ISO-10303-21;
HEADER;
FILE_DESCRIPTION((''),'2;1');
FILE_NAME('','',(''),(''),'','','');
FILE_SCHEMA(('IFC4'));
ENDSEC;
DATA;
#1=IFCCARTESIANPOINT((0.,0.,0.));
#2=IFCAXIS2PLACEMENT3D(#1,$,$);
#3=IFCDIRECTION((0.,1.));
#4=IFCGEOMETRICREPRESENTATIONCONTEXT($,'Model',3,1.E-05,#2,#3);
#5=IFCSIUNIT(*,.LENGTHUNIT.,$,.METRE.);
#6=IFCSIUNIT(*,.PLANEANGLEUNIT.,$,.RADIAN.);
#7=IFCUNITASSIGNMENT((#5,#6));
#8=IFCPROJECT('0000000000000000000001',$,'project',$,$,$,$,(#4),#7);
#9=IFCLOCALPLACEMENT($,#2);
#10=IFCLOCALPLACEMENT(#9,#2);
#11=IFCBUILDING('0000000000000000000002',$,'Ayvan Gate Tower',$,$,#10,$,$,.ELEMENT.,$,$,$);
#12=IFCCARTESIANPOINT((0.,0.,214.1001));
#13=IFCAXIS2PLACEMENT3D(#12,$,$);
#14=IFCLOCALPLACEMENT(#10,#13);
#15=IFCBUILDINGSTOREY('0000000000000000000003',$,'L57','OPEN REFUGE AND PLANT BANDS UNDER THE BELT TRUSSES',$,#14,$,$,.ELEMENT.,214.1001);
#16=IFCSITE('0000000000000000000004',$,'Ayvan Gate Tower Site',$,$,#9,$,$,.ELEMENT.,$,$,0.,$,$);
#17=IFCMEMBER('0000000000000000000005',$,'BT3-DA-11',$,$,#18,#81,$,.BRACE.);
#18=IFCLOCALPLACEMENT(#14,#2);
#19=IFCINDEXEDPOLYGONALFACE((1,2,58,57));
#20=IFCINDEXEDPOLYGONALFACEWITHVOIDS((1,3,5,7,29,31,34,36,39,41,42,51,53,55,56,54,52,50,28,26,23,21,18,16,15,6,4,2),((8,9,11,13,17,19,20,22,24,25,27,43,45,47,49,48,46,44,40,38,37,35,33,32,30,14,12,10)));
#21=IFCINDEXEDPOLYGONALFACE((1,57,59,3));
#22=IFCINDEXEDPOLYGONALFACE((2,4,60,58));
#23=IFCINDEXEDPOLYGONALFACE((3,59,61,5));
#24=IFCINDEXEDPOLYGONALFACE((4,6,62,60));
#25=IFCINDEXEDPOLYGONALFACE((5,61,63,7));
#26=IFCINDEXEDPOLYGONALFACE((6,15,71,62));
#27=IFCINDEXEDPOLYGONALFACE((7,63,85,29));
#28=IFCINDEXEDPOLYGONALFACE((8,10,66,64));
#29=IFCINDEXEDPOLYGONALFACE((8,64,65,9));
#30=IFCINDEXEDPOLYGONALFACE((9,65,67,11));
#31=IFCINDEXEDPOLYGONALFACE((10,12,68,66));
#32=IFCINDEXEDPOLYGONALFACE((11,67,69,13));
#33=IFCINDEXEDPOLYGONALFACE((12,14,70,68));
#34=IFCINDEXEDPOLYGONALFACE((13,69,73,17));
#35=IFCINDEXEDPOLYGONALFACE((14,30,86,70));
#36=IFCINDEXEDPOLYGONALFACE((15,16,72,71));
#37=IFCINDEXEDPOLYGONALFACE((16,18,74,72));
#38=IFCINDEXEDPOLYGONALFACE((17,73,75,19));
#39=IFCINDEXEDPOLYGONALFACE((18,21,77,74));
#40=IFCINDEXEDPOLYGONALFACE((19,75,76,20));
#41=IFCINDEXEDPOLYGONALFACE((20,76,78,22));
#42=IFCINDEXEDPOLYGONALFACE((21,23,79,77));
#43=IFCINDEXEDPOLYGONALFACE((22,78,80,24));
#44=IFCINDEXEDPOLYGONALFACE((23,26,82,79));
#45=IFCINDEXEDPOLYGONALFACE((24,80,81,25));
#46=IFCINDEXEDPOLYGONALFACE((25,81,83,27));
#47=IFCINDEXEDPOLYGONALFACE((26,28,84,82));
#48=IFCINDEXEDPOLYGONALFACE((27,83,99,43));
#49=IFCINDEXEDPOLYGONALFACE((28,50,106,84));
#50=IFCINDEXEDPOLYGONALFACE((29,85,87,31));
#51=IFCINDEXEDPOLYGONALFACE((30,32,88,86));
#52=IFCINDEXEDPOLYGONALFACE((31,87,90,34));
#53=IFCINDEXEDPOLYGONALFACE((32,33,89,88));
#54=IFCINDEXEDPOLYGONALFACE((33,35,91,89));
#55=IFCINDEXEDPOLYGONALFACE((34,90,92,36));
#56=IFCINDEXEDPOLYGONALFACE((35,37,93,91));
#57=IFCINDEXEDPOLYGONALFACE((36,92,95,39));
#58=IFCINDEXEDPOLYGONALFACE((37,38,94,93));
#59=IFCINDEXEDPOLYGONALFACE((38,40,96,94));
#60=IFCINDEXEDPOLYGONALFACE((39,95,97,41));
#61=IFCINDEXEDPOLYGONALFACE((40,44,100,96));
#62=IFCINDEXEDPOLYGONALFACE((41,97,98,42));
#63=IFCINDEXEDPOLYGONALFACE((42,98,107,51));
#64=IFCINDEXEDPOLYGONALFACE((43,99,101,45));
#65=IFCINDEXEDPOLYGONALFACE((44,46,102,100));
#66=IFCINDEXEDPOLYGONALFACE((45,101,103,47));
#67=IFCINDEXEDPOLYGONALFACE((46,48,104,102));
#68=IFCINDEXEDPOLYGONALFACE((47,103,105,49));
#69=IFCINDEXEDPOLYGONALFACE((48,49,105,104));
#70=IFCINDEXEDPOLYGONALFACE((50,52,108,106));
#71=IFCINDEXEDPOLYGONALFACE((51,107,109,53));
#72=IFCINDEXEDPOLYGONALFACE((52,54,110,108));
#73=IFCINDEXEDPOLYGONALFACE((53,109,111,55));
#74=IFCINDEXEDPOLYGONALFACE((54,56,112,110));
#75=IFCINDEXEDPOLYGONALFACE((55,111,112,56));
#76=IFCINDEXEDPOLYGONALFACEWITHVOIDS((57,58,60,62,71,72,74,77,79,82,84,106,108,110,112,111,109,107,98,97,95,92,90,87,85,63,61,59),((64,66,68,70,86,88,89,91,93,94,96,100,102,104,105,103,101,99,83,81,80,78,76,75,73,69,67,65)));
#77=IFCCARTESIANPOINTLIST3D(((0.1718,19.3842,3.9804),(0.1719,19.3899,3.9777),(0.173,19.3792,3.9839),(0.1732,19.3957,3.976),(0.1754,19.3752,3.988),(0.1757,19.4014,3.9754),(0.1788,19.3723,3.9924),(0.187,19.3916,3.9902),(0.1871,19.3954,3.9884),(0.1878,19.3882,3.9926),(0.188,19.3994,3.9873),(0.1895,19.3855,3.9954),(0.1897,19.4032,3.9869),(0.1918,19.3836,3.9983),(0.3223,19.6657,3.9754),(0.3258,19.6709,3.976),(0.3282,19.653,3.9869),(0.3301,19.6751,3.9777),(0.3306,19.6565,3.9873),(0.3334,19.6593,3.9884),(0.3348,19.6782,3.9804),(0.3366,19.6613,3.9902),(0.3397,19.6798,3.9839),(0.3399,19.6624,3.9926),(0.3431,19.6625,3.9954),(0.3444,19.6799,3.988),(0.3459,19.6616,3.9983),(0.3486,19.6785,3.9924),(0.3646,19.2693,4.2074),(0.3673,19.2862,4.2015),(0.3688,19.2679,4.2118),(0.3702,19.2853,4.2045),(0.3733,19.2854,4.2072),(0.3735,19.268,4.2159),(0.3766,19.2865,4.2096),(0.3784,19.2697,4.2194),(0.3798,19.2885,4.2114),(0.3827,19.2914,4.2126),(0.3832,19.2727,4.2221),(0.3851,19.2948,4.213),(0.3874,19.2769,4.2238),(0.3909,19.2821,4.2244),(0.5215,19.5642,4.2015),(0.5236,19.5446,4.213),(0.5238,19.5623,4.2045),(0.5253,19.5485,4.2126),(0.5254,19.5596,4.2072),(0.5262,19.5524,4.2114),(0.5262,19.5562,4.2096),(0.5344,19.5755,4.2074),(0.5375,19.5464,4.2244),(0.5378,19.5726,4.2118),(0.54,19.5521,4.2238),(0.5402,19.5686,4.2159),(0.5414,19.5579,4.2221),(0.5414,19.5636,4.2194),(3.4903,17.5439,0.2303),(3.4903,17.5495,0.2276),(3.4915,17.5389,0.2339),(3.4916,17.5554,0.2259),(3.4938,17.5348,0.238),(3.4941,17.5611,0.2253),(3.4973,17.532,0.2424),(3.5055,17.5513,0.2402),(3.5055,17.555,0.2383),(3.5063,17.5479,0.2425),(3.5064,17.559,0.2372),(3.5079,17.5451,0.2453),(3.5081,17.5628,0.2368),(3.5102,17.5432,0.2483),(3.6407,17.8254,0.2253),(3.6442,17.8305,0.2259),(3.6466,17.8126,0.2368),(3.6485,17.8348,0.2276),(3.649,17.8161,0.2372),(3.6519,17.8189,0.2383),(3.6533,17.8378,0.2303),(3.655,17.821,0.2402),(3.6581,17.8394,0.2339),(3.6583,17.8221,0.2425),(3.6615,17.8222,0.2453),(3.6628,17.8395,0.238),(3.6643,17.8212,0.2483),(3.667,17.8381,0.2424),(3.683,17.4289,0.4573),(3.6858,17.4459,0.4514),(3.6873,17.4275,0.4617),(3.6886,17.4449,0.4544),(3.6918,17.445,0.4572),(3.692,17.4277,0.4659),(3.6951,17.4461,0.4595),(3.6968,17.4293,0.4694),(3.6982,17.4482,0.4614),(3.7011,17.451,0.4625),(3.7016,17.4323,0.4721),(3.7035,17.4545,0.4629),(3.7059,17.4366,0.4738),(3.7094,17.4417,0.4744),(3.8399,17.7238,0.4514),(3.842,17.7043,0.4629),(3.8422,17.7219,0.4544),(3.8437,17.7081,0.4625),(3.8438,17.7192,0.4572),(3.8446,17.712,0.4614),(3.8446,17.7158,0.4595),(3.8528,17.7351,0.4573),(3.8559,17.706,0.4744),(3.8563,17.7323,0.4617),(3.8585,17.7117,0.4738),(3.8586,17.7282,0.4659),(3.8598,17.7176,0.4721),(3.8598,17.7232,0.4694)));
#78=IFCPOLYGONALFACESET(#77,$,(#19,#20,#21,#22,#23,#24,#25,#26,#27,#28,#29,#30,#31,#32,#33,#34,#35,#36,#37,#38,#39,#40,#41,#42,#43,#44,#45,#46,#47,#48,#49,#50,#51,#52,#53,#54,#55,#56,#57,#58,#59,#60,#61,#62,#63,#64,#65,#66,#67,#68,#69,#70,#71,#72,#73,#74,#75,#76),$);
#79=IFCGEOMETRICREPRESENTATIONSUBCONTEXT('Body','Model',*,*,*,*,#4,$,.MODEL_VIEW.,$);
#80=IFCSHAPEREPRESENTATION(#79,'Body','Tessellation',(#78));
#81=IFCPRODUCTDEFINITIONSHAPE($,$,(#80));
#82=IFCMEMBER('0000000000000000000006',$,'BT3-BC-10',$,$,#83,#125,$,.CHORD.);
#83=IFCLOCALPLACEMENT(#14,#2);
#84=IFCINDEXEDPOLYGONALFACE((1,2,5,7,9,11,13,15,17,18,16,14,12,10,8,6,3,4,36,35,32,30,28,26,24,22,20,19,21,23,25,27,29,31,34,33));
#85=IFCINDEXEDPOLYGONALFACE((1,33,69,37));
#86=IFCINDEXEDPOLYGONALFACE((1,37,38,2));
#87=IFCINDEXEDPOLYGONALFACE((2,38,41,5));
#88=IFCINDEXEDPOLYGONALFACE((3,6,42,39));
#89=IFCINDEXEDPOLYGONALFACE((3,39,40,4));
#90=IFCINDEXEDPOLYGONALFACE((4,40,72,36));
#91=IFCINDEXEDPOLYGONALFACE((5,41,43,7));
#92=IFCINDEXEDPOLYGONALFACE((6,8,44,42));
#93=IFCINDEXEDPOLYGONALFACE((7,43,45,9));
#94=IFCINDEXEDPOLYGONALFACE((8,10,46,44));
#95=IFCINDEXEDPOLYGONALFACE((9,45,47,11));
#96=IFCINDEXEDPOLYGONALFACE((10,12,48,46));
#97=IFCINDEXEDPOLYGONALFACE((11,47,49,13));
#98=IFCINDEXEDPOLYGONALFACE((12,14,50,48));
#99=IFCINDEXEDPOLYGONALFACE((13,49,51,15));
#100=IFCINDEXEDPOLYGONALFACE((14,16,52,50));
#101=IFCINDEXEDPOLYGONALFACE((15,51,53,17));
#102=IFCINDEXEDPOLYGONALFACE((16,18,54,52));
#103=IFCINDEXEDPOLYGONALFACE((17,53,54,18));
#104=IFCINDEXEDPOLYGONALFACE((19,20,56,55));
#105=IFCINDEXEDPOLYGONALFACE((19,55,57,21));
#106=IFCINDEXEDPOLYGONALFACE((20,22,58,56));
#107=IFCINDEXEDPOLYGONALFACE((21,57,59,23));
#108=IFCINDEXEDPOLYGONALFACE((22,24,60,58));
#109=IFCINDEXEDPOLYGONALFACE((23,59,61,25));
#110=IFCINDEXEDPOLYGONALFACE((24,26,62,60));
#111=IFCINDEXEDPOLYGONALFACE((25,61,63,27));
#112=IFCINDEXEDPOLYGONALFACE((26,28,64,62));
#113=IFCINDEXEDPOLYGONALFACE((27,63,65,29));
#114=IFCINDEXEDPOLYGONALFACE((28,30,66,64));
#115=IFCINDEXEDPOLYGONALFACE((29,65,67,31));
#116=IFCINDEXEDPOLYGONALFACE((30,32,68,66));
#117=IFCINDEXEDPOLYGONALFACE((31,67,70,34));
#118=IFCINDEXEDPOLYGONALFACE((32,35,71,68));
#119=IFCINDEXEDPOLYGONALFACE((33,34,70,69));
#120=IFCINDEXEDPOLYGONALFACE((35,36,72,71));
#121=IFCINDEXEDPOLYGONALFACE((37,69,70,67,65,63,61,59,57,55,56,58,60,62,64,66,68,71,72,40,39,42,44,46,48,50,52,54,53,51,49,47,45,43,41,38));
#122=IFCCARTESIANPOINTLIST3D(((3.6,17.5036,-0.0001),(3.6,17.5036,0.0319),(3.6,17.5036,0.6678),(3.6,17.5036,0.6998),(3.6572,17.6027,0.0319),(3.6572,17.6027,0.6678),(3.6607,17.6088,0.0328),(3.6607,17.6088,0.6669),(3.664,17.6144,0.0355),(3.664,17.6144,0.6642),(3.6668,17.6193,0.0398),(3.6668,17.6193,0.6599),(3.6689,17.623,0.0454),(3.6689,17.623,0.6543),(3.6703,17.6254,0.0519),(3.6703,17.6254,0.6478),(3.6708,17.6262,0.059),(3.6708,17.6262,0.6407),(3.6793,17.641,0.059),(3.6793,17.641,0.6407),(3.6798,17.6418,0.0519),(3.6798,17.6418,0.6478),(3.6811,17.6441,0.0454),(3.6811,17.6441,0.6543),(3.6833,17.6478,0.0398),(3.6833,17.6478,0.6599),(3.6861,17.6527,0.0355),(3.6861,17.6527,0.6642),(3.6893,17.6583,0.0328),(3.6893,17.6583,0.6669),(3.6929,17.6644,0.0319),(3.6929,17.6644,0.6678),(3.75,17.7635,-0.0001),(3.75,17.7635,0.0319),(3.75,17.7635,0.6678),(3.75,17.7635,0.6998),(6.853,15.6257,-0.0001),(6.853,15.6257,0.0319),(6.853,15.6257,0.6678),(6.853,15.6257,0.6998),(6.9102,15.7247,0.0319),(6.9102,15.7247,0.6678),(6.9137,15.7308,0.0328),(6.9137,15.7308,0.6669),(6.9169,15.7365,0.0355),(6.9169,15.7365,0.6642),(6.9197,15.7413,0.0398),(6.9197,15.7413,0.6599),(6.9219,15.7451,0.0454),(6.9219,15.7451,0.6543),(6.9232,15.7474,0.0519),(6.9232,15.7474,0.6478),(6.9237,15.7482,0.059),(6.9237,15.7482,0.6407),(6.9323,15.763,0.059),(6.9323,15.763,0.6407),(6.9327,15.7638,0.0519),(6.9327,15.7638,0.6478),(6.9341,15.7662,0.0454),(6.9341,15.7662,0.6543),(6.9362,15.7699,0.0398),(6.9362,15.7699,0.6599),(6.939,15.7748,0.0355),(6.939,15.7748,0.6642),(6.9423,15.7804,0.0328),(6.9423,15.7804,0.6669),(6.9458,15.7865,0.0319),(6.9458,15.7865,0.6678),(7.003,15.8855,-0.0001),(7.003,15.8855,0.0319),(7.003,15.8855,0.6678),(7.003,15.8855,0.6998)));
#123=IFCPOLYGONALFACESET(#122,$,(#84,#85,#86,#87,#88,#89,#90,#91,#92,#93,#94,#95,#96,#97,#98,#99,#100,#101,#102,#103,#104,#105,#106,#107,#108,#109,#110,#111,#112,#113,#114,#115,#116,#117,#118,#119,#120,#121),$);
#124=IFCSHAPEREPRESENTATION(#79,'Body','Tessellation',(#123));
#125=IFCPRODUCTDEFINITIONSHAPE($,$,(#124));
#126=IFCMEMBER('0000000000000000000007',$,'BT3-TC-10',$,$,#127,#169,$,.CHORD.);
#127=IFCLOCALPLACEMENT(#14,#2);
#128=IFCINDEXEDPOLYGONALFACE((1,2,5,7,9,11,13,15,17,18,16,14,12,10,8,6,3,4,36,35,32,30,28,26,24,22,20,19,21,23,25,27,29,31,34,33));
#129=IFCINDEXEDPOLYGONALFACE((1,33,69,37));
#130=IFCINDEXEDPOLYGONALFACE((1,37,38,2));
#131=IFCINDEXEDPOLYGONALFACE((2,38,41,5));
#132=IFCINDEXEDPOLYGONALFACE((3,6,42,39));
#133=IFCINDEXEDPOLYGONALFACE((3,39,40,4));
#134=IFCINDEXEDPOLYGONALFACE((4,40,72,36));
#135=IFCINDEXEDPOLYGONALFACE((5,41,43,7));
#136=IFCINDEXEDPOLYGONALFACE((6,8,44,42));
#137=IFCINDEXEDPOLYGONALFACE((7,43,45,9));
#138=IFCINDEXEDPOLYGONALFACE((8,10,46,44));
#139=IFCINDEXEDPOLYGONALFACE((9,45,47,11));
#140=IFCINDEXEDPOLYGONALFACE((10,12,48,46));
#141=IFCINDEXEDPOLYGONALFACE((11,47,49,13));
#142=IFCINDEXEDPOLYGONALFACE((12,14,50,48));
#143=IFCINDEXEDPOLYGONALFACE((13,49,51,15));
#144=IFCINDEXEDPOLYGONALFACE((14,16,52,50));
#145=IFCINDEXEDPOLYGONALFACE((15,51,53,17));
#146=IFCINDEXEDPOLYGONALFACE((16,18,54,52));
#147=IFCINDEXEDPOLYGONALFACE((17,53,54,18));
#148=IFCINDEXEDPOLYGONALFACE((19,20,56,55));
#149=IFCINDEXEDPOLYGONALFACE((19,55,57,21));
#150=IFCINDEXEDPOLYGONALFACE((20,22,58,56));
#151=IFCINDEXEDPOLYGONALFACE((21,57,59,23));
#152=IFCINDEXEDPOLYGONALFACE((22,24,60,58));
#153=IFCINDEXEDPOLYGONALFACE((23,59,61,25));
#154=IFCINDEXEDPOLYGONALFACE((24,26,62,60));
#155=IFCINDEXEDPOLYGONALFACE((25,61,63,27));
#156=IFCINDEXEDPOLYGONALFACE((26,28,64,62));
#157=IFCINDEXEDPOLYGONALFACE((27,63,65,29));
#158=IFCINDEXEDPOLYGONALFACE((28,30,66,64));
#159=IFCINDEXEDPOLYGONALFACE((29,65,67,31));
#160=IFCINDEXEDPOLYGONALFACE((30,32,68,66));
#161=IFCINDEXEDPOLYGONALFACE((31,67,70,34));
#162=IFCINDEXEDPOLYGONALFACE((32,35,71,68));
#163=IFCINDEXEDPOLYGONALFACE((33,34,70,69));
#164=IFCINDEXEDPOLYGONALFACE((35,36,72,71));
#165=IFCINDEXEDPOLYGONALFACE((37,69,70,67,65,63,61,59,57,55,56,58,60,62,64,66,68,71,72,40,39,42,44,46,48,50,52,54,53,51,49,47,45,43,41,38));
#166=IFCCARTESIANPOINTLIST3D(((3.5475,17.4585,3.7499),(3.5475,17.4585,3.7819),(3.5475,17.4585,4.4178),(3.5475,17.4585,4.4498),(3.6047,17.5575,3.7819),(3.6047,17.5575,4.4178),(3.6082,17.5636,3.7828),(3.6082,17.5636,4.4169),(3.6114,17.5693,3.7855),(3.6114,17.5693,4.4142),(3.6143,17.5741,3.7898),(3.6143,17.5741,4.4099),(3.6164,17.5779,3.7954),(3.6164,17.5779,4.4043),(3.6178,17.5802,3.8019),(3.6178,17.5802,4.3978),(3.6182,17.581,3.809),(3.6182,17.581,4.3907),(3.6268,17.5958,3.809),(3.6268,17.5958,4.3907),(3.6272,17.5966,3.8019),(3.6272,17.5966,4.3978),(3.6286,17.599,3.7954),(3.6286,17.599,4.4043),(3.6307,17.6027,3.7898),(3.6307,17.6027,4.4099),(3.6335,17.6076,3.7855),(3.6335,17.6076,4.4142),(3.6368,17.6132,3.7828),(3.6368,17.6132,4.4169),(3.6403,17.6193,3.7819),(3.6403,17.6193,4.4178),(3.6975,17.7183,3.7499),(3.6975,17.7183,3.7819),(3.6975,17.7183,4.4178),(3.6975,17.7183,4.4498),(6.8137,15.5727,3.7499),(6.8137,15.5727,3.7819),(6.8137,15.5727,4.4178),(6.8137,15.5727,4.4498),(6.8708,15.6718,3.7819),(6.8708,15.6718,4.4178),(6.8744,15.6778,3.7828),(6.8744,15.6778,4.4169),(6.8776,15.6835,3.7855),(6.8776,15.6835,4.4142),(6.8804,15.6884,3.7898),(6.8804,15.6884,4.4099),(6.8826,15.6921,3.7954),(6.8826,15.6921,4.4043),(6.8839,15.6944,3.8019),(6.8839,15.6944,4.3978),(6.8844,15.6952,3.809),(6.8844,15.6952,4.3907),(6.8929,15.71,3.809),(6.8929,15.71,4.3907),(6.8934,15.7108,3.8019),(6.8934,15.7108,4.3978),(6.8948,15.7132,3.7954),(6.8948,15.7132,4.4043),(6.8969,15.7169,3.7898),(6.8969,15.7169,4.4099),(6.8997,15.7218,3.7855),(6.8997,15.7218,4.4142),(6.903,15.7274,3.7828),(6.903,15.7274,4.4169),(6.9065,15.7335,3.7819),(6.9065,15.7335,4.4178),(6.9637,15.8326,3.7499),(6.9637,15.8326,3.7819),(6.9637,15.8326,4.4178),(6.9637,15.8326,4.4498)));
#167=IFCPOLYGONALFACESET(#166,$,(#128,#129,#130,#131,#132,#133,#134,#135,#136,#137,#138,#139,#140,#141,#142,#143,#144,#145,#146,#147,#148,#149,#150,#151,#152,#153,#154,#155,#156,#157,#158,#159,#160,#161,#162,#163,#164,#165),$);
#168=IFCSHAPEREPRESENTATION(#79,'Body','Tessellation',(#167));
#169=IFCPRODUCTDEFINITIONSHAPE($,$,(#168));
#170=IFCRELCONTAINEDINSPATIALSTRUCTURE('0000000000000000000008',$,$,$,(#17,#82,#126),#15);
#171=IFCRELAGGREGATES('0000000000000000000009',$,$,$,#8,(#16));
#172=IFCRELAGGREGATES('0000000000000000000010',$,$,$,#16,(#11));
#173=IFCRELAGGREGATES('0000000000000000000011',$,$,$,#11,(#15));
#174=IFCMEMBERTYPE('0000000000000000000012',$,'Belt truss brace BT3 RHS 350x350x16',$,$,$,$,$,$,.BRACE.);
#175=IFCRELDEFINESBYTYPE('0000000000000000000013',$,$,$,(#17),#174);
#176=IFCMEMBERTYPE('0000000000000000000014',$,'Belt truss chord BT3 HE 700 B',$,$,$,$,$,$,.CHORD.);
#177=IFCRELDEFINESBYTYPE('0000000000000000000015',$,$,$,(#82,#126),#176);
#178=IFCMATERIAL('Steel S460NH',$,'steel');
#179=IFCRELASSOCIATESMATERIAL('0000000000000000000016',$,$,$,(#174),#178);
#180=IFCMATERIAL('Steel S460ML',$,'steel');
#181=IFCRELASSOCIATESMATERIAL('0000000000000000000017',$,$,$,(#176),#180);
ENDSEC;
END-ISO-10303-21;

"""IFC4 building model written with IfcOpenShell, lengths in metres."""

from ifc_helpers import new_model, si_unit, direction, frame, origin, origin_2d, place, context, subcontext, project, spatial, hollow_rectangle, i_section, extrude, material, material_profile, profile_set, type_object, element, save


model = new_model("IFC4")

# Units and contexts
model_context = context("Model", 3, precision=1e-05, world=origin(), true_north=direction((0.0, 1.0)))
body_context = subcontext(model_context, "Body", "Model", "MODEL_VIEW")
ifc_project = project(units=[si_unit("LENGTHUNIT", "METRE"), si_unit("PLANEANGLEUNIT", "RADIAN")], contexts=[model_context])

# Site, building, storey
site_placement = place(None, origin())
site = spatial("IfcSite", under=ifc_project, at=site_placement, Name="Ayvan Gate Tower Site", CompositionType="ELEMENT", RefElevation=0.0)
building_placement = place(site_placement, origin())
building = spatial("IfcBuilding", under=site, at=building_placement, Name="Ayvan Gate Tower", CompositionType="ELEMENT")
storey_placement = place(building_placement, frame((0.0, 0.0, 214.1001)))
storey = spatial("IfcBuildingStorey", under=building, at=storey_placement, Name="L57", Description="OPEN REFUGE AND PLANT BANDS UNDER THE BELT TRUSSES", CompositionType="ELEMENT", Elevation=214.1001)

# Members
ifc_material_1 = material(Name="Steel S460NH", Category="steel")
ifc_material_profile_1 = material_profile(ifc_material_1, hollow_rectangle(XDim=0.3501, YDim=0.3501, WallThickness=0.0161, InnerFilletRadius=0.0161, OuterFilletRadius=0.0239, at=origin_2d()), Name="RHS 350x350x16")
ifc_profile_set_1 = profile_set([ifc_material_profile_1], Name="Steel S460NH")
member_type_1 = type_object("IfcMemberType", Name="Belt truss brace BT3 RHS 350x350x16", PredefinedType="BRACE", material=ifc_profile_set_1)
member_1_placement = place(storey_placement, frame((3.675, 17.6335, 0.3499), z_axis=(-0.622013, 0.344963, 0.702923), x_axis=(-0.484998, -0.874515, 0.0)))
element("IfcMember", 1, at=member_1_placement, inside=storey, type_object=member_type_1, Name="BT3-DA-11", PredefinedType="BRACE", context=body_context, shape_type="SweptSolid", body=[
    extrude(hollow_rectangle(XDim=0.3501, YDim=0.3501, WallThickness=0.0161, InnerFilletRadius=0.0161, OuterFilletRadius=0.0239, at=origin_2d()), origin(), (0.0, 0.0, 1.0), 5.335),
])
ifc_material_2 = material(Name="Steel S460ML", Category="steel")
ifc_material_profile_2 = material_profile(ifc_material_2, i_section(OverallWidth=0.3, OverallDepth=0.7, WebThickness=0.0171, FlangeThickness=0.032, FilletRadius=0.0271, at=origin_2d()), Name="HE 700 B")
ifc_profile_set_2 = profile_set([ifc_material_profile_2], Name="Steel S460ML")
member_type_2 = type_object("IfcMemberType", Name="Belt truss chord BT3 HE 700 B", PredefinedType="CHORD", material=ifc_profile_set_2)
member_2_placement = place(storey_placement, frame((6.928, 15.7556, 0.3499), z_axis=(-0.866043, 0.49997, 0.0), x_axis=(-0.49997, -0.866043, 0.0)))
element("IfcMember", 2, at=member_2_placement, inside=storey, type_object=member_type_2, Name="BT3-BC-10", PredefinedType="CHORD", context=body_context, shape_type="SweptSolid", body=[
    extrude(i_section(OverallWidth=0.3, OverallDepth=0.7, WebThickness=0.0171, FlangeThickness=0.032, FilletRadius=0.0271, at=origin_2d()), origin(), (0.0, 0.0, 1.0), 3.7561),
])
member_3_placement = place(storey_placement, frame((6.8887, 15.7026, 4.0999), z_axis=(-0.86602, 0.50001, 0.0), x_axis=(-0.50001, -0.86602, 0.0)))
element("IfcMember", 3, at=member_3_placement, inside=storey, type_object=member_type_2, Name="BT3-TC-10", PredefinedType="CHORD", context=body_context, shape_type="SweptSolid", body=[
    extrude(i_section(OverallWidth=0.3, OverallDepth=0.7, WebThickness=0.0171, FlangeThickness=0.032, FilletRadius=0.0271, at=origin_2d()), origin(), (0.0, 0.0, 1.0), 3.7715),
])

save(model, "model.ifc")
